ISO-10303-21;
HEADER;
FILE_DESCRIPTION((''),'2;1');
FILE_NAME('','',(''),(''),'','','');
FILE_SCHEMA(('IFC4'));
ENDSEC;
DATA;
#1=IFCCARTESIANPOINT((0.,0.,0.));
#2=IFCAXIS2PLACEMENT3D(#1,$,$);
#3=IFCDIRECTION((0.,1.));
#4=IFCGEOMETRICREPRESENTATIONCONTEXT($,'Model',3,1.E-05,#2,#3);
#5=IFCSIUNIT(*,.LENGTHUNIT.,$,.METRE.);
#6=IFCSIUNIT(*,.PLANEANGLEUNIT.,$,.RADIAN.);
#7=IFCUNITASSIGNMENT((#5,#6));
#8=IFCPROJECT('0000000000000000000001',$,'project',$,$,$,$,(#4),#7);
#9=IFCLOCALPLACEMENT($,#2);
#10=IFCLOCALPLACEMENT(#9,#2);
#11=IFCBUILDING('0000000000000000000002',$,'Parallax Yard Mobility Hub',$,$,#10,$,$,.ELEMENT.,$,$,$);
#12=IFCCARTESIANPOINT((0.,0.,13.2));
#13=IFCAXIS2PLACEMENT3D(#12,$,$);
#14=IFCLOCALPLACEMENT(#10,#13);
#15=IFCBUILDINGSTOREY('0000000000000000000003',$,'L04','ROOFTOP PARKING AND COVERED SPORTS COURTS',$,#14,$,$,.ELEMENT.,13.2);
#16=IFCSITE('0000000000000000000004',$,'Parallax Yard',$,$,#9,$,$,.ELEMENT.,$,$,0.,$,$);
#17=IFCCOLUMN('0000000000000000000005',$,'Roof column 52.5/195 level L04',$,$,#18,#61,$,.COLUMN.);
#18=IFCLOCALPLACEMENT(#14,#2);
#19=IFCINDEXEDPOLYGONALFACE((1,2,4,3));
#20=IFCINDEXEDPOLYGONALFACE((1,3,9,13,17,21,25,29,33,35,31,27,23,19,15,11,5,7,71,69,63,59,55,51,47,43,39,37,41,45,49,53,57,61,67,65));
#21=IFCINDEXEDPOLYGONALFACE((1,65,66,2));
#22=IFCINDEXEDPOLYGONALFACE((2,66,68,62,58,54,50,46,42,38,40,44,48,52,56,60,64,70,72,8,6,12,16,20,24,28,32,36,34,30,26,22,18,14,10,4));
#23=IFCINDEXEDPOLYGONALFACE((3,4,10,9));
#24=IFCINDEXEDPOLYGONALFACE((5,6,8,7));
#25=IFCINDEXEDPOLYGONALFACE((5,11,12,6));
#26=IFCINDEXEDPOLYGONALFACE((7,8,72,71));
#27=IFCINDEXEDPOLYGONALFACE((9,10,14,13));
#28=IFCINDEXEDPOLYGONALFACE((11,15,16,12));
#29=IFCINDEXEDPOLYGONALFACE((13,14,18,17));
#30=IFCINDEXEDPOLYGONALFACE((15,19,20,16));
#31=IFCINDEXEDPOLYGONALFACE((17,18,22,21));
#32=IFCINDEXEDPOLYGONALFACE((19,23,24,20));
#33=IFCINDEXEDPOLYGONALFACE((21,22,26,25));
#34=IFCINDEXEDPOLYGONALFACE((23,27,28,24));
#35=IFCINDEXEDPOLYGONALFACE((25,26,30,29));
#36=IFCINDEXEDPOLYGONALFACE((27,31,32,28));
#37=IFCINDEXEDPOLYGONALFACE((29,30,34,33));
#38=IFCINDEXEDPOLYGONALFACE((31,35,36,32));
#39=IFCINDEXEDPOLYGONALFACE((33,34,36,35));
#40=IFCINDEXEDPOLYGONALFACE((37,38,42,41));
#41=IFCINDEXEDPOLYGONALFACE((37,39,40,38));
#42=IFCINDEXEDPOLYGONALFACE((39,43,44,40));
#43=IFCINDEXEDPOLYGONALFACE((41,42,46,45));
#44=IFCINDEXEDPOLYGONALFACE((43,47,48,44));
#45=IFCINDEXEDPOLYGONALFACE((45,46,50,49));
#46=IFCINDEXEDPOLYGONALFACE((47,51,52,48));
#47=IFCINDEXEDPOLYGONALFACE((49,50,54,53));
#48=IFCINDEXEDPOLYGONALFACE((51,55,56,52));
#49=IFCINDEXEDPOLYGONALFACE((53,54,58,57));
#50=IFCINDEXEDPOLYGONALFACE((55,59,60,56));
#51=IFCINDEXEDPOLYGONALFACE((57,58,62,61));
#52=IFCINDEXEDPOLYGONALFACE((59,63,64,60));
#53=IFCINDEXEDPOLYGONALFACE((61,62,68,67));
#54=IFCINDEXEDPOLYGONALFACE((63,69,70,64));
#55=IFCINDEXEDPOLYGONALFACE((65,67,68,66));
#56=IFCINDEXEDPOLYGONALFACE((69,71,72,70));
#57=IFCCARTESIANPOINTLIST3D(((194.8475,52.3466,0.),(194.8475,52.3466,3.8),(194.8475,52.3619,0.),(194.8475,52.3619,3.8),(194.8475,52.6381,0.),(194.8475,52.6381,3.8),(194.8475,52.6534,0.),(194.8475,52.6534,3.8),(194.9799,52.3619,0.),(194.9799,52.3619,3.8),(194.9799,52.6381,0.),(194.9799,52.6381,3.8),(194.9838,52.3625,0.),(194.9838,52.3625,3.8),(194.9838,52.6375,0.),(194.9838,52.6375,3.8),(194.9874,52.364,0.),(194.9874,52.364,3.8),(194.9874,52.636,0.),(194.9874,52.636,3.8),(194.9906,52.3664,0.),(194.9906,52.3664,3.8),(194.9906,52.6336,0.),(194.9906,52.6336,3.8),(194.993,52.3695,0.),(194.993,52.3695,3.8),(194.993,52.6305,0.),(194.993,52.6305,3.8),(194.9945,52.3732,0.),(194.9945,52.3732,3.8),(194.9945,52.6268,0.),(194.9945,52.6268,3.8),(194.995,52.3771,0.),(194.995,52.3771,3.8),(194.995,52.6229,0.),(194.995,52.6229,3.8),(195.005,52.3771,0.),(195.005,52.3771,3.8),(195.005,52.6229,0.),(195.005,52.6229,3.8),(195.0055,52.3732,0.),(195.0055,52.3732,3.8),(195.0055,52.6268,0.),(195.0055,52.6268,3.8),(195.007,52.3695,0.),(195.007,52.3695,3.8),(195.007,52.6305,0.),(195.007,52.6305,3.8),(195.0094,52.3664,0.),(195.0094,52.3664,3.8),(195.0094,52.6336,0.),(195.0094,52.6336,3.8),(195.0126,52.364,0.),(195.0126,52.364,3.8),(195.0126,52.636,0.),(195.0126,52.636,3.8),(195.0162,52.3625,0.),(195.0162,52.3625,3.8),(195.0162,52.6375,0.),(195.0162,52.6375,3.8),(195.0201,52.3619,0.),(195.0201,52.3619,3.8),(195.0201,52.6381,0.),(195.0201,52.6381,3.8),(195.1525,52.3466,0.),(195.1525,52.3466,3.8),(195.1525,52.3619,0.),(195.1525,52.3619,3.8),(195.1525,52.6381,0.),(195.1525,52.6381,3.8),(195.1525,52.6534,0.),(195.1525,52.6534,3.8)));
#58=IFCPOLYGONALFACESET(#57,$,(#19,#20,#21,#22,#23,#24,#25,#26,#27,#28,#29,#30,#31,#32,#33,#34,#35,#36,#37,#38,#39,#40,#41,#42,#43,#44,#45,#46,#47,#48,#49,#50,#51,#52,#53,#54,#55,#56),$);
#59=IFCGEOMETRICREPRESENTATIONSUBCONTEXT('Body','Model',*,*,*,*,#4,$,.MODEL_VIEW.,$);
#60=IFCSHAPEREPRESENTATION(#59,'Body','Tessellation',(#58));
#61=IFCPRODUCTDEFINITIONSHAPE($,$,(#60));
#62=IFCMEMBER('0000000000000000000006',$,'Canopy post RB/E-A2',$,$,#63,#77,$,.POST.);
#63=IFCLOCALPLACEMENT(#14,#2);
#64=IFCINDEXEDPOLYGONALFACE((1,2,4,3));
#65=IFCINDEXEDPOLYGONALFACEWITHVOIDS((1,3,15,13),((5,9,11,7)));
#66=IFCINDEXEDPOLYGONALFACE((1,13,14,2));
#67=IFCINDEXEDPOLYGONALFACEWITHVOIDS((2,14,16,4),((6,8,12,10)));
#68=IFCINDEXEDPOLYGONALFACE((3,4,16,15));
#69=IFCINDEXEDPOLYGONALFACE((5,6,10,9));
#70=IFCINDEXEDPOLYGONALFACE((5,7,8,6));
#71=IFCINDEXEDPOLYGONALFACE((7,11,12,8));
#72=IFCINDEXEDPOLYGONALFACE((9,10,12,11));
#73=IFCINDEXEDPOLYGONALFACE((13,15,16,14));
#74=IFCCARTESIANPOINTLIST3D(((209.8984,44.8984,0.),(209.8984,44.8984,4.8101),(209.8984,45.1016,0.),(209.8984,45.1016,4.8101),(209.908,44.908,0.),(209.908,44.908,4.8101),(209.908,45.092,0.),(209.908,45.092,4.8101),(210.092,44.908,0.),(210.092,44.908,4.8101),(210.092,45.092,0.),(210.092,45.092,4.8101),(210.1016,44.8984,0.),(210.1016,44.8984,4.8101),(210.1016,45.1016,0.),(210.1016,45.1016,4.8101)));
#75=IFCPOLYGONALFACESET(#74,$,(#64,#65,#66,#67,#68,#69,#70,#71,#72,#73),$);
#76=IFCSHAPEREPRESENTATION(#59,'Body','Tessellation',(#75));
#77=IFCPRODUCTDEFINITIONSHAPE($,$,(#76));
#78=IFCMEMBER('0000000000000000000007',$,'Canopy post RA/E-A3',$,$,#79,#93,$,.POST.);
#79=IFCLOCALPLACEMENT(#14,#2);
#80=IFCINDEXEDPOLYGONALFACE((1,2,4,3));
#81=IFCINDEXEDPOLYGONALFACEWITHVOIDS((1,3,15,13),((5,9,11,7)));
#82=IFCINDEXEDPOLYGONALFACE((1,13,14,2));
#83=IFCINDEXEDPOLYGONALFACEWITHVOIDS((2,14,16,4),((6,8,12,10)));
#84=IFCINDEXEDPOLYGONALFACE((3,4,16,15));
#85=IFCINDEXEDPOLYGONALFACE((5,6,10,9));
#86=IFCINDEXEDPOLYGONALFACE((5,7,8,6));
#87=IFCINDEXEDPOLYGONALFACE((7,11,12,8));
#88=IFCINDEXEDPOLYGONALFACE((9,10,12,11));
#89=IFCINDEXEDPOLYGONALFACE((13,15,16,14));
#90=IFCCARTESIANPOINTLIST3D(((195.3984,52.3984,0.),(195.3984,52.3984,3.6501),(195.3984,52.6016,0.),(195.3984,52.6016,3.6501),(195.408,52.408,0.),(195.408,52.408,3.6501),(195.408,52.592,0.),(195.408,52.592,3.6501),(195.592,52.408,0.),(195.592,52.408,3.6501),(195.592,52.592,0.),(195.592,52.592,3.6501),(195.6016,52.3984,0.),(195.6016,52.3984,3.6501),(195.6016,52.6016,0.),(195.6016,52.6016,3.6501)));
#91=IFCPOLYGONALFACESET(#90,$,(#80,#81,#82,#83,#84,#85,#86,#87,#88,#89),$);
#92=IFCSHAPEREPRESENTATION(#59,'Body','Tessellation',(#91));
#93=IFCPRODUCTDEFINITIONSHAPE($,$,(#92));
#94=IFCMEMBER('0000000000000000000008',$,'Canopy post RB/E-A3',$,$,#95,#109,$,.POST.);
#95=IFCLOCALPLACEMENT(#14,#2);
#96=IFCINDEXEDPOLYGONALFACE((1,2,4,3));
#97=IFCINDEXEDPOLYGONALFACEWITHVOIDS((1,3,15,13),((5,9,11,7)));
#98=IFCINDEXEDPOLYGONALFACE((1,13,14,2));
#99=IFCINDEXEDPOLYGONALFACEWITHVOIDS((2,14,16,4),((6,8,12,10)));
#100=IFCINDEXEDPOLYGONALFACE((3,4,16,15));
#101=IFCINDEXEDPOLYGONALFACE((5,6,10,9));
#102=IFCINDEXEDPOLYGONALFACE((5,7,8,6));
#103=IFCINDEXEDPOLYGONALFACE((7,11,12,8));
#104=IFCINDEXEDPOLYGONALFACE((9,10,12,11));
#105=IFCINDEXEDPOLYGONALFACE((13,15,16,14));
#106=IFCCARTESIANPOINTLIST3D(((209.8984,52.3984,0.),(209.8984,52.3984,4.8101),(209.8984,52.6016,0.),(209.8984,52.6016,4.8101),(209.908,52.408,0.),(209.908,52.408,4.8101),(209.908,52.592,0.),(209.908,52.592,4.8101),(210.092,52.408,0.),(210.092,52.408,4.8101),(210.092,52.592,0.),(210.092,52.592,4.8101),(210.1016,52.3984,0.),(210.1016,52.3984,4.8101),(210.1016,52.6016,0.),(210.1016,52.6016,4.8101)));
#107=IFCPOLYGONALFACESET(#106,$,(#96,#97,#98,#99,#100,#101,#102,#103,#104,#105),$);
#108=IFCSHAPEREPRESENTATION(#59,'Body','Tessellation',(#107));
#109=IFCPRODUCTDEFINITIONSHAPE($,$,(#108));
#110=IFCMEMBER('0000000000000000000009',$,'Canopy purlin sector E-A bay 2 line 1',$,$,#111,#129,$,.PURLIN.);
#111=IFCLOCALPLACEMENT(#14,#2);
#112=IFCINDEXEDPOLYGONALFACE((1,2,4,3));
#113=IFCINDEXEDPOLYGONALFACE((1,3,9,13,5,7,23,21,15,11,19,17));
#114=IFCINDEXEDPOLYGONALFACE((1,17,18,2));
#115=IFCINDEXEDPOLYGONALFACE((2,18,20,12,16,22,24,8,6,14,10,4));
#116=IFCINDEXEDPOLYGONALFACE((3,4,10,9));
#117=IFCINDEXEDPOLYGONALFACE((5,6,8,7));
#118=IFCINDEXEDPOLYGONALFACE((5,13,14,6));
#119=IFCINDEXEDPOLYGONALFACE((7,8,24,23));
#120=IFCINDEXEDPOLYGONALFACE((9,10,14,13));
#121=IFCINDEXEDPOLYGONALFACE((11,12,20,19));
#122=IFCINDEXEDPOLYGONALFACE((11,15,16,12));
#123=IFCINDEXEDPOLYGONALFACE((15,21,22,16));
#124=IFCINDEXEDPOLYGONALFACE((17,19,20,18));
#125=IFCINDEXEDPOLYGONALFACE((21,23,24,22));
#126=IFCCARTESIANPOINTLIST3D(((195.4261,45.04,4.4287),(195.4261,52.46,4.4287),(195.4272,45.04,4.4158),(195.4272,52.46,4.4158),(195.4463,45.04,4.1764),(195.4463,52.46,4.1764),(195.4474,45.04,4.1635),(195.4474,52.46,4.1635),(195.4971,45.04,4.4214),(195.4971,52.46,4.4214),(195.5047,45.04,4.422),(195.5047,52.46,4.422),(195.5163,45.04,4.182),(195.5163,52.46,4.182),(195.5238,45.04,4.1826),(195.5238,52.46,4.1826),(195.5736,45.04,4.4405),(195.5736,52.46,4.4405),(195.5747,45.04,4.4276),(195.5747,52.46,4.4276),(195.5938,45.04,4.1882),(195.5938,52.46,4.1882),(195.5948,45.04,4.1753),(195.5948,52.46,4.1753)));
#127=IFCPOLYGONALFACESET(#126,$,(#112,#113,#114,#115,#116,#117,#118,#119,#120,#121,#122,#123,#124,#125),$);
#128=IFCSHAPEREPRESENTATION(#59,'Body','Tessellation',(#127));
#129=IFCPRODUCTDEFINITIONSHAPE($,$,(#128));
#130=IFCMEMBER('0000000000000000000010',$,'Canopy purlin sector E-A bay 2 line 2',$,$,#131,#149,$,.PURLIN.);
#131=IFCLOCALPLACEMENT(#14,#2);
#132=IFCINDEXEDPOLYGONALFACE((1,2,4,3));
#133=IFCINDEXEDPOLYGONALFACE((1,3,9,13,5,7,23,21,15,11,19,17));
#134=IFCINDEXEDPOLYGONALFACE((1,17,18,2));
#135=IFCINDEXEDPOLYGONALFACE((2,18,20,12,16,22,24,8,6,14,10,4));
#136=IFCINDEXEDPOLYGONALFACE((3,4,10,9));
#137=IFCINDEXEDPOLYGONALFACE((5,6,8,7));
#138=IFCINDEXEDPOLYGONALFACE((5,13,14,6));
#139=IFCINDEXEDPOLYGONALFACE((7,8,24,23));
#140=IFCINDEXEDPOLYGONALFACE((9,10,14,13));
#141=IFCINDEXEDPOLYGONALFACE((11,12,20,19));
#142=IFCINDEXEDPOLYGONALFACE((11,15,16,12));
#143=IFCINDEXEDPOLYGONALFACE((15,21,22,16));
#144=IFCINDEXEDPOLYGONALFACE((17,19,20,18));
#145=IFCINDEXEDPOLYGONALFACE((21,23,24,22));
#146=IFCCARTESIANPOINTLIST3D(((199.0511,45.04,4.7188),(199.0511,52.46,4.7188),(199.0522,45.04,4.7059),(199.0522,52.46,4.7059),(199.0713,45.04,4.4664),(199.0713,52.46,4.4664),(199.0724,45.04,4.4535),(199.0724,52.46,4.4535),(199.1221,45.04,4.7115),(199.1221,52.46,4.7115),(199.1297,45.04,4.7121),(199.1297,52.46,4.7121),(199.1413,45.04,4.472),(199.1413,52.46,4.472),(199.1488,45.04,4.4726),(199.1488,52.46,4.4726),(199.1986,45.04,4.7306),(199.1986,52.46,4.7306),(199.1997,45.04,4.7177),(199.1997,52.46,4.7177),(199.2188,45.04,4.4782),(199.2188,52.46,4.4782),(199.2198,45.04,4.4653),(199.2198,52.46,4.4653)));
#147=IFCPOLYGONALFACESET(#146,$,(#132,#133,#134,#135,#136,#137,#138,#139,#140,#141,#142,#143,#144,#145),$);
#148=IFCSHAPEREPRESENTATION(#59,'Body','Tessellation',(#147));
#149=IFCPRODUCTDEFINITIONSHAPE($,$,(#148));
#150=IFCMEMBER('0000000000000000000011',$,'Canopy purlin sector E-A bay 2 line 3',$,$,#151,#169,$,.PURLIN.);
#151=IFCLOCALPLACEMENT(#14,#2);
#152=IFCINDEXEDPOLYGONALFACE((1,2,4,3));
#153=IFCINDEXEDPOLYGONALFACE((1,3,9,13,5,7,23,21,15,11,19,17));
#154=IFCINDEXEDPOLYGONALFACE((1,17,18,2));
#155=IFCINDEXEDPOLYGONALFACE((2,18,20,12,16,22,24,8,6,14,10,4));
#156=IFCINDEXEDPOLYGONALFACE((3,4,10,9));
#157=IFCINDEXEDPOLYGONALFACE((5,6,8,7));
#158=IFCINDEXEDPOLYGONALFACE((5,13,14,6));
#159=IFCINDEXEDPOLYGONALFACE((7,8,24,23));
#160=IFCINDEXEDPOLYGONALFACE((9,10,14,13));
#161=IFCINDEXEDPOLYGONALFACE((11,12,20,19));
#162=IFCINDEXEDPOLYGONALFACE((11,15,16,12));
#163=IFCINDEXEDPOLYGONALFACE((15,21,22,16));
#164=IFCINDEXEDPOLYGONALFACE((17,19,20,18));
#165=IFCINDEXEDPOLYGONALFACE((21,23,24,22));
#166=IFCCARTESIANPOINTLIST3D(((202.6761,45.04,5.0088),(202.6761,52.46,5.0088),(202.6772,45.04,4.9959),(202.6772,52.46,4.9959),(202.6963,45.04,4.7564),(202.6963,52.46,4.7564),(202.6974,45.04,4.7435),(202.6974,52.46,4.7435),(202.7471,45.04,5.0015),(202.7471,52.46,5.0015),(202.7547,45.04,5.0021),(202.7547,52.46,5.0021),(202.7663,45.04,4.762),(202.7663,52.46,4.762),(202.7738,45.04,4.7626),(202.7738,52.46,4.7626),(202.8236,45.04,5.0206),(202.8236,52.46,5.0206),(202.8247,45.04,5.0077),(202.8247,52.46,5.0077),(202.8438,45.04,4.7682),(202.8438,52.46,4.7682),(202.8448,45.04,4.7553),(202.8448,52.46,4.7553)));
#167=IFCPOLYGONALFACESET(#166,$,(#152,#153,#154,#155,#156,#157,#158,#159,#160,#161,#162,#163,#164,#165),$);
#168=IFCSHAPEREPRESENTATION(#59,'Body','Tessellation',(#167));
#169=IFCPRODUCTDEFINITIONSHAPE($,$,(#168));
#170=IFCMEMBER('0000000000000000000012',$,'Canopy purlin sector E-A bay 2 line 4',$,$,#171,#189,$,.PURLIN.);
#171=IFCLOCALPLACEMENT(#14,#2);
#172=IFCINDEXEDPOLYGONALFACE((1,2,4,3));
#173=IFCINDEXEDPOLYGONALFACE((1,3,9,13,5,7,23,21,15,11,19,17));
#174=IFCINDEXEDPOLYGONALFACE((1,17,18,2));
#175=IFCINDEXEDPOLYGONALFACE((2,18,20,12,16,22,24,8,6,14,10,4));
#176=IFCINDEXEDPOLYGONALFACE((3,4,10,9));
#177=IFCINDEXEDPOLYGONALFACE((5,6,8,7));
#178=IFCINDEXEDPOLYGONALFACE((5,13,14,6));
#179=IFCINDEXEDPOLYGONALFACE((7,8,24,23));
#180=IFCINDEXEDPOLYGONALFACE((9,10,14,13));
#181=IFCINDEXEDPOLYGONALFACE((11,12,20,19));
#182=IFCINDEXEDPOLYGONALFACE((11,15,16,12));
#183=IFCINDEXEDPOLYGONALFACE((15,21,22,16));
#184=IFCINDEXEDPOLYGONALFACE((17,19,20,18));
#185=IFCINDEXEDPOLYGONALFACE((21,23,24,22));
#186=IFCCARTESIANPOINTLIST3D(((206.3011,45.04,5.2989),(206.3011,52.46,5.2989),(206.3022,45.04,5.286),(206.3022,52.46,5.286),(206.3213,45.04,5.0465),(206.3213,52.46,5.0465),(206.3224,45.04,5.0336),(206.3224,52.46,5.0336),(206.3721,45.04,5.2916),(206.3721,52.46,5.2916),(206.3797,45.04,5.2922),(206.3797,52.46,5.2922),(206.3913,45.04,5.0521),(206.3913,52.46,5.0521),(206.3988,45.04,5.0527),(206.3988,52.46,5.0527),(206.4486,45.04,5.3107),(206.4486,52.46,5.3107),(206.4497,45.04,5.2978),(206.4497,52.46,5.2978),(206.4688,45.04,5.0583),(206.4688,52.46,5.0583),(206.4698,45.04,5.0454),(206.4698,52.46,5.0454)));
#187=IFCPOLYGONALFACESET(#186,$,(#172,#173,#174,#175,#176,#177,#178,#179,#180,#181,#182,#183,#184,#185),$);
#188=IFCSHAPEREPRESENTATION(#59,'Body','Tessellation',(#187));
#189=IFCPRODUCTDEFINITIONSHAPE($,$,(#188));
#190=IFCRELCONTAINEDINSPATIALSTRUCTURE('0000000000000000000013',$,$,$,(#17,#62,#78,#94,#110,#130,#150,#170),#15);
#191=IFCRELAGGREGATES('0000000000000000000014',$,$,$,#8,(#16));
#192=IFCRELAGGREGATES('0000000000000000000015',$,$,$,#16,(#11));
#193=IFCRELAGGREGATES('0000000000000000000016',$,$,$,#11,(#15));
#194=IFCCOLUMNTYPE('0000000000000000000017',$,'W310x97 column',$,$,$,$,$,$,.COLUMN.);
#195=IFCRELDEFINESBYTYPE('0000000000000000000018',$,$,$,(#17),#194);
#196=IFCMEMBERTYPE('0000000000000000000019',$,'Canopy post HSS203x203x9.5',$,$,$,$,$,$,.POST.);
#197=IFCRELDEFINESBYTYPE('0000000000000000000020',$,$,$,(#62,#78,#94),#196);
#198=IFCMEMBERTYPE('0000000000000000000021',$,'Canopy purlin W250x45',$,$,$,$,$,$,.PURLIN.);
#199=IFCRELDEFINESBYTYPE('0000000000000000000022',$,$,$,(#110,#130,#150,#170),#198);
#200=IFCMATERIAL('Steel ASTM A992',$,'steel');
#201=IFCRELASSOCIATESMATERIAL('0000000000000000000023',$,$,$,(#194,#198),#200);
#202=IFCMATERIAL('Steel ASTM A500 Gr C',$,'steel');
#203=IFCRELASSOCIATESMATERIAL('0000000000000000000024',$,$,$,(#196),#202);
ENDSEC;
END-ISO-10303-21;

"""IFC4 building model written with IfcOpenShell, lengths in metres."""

from ifc_helpers import new_model, si_unit, direction, frame, origin, origin_2d, place, context, subcontext, project, spatial, hollow_rectangle, i_section, extrude, material, material_profile, profile_set, type_object, element, save


model = new_model("IFC4")

# Units and contexts
model_context = context("Model", 3, precision=1e-05, world=origin(), true_north=direction((0.0, 1.0)))
body_context = subcontext(model_context, "Body", "Model", "MODEL_VIEW")
ifc_project = project(units=[si_unit("LENGTHUNIT", "METRE"), si_unit("PLANEANGLEUNIT", "RADIAN")], contexts=[model_context])

# Site, building, storey
site_placement = place(None, origin())
site = spatial("IfcSite", under=ifc_project, at=site_placement, Name="Parallax Yard", CompositionType="ELEMENT", RefElevation=0.0)
building_placement = place(site_placement, origin())
building = spatial("IfcBuilding", under=site, at=building_placement, Name="Parallax Yard Mobility Hub", CompositionType="ELEMENT")
storey_placement = place(building_placement, frame((0.0, 0.0, 13.2)))
storey = spatial("IfcBuildingStorey", under=building, at=storey_placement, Name="L04", Description="ROOFTOP PARKING AND COVERED SPORTS COURTS", CompositionType="ELEMENT", Elevation=13.2)

# Column
ifc_material_1 = material(Name="Steel ASTM A992", Category="steel")
ifc_material_profile_1 = material_profile(ifc_material_1, i_section(OverallWidth=0.3049, OverallDepth=0.3069, WebThickness=0.01, FlangeThickness=0.0154, FilletRadius=0.0151, at=origin_2d()), Name="W310x97")
ifc_profile_set_1 = profile_set([ifc_material_profile_1], Name="Steel ASTM A992")
column_type = type_object("IfcColumnType", Name="W310x97 column", PredefinedType="COLUMN", material=ifc_profile_set_1)
column_placement = place(storey_placement, frame((195.0, 52.5, 0.0), z_axis=(0.0, 0.0, 1.0), x_axis=(1.0, 0.0, 0.0)))
element("IfcColumn", 1, at=column_placement, inside=storey, type_object=column_type, Name="Roof column 52.5/195 level L04", PredefinedType="COLUMN", context=body_context, shape_type="SweptSolid", body=[
    extrude(i_section(OverallWidth=0.3049, OverallDepth=0.3069, WebThickness=0.01, FlangeThickness=0.0154, FilletRadius=0.0151, at=origin_2d()), origin(), (0.0, 0.0, 1.0), 3.8),
])

# Members
ifc_material_2 = material(Name="Steel ASTM A500 Gr C", Category="steel")
ifc_material_profile_2 = material_profile(ifc_material_2, hollow_rectangle(XDim=0.2031, YDim=0.2031, WallThickness=0.0095, at=origin_2d()), Name="HSS203x203x9.5")
ifc_profile_set_2 = profile_set([ifc_material_profile_2], Name="Steel ASTM A500 Gr C")
member_type_1 = type_object("IfcMemberType", Name="Canopy post HSS203x203x9.5", PredefinedType="POST", material=ifc_profile_set_2)
member_1_placement = place(storey_placement, frame((210.0, 45.0, 0.0), z_axis=(0.0, 0.0, 1.0), x_axis=(1.0, 0.0, 0.0)))
element("IfcMember", 2, at=member_1_placement, inside=storey, type_object=member_type_1, Name="Canopy post RB/E-A2", PredefinedType="POST", context=body_context, shape_type="SweptSolid", body=[
    extrude(hollow_rectangle(XDim=0.2031, YDim=0.2031, WallThickness=0.0095, at=origin_2d()), origin(), (0.0, 0.0, 1.0), 4.8101),
])
member_2_placement = place(storey_placement, frame((195.5, 52.5, 0.0), z_axis=(0.0, 0.0, 1.0), x_axis=(1.0, 0.0, 0.0)))
element("IfcMember", 3, at=member_2_placement, inside=storey, type_object=member_type_1, Name="Canopy post RA/E-A3", PredefinedType="POST", context=body_context, shape_type="SweptSolid", body=[
    extrude(hollow_rectangle(XDim=0.2031, YDim=0.2031, WallThickness=0.0095, at=origin_2d()), origin(), (0.0, 0.0, 1.0), 3.6501),
])
member_3_placement = place(storey_placement, frame((210.0, 52.5, 0.0), z_axis=(0.0, 0.0, 1.0), x_axis=(1.0, 0.0, 0.0)))
element("IfcMember", 4, at=member_3_placement, inside=storey, type_object=member_type_1, Name="Canopy post RB/E-A3", PredefinedType="POST", context=body_context, shape_type="SweptSolid", body=[
    extrude(hollow_rectangle(XDim=0.2031, YDim=0.2031, WallThickness=0.0095, at=origin_2d()), origin(), (0.0, 0.0, 1.0), 4.8101),
])
ifc_material_profile_3 = material_profile(ifc_material_1, i_section(OverallWidth=0.1479, OverallDepth=0.2661, WebThickness=0.0076, FlangeThickness=0.0129, at=origin_2d()), Name="W250x45")
ifc_profile_set_3 = profile_set([ifc_material_profile_3], Name="Steel ASTM A992")
member_type_2 = type_object("IfcMemberType", Name="Canopy purlin W250x45", PredefinedType="PURLIN", material=ifc_profile_set_3)
for number, where, z_axis, x_axis, name in (
    (5, (195.5105, 45.04, 4.302), (0.0, 1.0, 0.0), (-0.996815, 0.0, -0.079745), "Canopy purlin sector E-A bay 2 line 1"),
    (6, (199.1355, 45.04, 4.592), (0.0, 1.0, 0.0), (-0.996815, 0.0, -0.079745), "Canopy purlin sector E-A bay 2 line 2"),
    (7, (202.7605, 45.04, 4.8821), (0.0, 1.0, 0.0), (-0.996815, 0.0, -0.079745), "Canopy purlin sector E-A bay 2 line 3"),
    (8, (206.3855, 45.04, 5.1721), (0.0, 1.0, 0.0), (-0.996815, 0.0, -0.079745), "Canopy purlin sector E-A bay 2 line 4"),
):
    element("IfcMember", number, at=place(storey_placement, frame(where, z_axis=z_axis, x_axis=x_axis)), inside=storey, type_object=member_type_2, Name=name, PredefinedType="PURLIN", context=body_context, shape_type="SweptSolid", body=[
        extrude(i_section(OverallWidth=0.1479, OverallDepth=0.2661, WebThickness=0.0076, FlangeThickness=0.0129, at=origin_2d()), origin(), (0.0, 0.0, 1.0), 7.4199),
    ])

save(model, "model.ifc")
